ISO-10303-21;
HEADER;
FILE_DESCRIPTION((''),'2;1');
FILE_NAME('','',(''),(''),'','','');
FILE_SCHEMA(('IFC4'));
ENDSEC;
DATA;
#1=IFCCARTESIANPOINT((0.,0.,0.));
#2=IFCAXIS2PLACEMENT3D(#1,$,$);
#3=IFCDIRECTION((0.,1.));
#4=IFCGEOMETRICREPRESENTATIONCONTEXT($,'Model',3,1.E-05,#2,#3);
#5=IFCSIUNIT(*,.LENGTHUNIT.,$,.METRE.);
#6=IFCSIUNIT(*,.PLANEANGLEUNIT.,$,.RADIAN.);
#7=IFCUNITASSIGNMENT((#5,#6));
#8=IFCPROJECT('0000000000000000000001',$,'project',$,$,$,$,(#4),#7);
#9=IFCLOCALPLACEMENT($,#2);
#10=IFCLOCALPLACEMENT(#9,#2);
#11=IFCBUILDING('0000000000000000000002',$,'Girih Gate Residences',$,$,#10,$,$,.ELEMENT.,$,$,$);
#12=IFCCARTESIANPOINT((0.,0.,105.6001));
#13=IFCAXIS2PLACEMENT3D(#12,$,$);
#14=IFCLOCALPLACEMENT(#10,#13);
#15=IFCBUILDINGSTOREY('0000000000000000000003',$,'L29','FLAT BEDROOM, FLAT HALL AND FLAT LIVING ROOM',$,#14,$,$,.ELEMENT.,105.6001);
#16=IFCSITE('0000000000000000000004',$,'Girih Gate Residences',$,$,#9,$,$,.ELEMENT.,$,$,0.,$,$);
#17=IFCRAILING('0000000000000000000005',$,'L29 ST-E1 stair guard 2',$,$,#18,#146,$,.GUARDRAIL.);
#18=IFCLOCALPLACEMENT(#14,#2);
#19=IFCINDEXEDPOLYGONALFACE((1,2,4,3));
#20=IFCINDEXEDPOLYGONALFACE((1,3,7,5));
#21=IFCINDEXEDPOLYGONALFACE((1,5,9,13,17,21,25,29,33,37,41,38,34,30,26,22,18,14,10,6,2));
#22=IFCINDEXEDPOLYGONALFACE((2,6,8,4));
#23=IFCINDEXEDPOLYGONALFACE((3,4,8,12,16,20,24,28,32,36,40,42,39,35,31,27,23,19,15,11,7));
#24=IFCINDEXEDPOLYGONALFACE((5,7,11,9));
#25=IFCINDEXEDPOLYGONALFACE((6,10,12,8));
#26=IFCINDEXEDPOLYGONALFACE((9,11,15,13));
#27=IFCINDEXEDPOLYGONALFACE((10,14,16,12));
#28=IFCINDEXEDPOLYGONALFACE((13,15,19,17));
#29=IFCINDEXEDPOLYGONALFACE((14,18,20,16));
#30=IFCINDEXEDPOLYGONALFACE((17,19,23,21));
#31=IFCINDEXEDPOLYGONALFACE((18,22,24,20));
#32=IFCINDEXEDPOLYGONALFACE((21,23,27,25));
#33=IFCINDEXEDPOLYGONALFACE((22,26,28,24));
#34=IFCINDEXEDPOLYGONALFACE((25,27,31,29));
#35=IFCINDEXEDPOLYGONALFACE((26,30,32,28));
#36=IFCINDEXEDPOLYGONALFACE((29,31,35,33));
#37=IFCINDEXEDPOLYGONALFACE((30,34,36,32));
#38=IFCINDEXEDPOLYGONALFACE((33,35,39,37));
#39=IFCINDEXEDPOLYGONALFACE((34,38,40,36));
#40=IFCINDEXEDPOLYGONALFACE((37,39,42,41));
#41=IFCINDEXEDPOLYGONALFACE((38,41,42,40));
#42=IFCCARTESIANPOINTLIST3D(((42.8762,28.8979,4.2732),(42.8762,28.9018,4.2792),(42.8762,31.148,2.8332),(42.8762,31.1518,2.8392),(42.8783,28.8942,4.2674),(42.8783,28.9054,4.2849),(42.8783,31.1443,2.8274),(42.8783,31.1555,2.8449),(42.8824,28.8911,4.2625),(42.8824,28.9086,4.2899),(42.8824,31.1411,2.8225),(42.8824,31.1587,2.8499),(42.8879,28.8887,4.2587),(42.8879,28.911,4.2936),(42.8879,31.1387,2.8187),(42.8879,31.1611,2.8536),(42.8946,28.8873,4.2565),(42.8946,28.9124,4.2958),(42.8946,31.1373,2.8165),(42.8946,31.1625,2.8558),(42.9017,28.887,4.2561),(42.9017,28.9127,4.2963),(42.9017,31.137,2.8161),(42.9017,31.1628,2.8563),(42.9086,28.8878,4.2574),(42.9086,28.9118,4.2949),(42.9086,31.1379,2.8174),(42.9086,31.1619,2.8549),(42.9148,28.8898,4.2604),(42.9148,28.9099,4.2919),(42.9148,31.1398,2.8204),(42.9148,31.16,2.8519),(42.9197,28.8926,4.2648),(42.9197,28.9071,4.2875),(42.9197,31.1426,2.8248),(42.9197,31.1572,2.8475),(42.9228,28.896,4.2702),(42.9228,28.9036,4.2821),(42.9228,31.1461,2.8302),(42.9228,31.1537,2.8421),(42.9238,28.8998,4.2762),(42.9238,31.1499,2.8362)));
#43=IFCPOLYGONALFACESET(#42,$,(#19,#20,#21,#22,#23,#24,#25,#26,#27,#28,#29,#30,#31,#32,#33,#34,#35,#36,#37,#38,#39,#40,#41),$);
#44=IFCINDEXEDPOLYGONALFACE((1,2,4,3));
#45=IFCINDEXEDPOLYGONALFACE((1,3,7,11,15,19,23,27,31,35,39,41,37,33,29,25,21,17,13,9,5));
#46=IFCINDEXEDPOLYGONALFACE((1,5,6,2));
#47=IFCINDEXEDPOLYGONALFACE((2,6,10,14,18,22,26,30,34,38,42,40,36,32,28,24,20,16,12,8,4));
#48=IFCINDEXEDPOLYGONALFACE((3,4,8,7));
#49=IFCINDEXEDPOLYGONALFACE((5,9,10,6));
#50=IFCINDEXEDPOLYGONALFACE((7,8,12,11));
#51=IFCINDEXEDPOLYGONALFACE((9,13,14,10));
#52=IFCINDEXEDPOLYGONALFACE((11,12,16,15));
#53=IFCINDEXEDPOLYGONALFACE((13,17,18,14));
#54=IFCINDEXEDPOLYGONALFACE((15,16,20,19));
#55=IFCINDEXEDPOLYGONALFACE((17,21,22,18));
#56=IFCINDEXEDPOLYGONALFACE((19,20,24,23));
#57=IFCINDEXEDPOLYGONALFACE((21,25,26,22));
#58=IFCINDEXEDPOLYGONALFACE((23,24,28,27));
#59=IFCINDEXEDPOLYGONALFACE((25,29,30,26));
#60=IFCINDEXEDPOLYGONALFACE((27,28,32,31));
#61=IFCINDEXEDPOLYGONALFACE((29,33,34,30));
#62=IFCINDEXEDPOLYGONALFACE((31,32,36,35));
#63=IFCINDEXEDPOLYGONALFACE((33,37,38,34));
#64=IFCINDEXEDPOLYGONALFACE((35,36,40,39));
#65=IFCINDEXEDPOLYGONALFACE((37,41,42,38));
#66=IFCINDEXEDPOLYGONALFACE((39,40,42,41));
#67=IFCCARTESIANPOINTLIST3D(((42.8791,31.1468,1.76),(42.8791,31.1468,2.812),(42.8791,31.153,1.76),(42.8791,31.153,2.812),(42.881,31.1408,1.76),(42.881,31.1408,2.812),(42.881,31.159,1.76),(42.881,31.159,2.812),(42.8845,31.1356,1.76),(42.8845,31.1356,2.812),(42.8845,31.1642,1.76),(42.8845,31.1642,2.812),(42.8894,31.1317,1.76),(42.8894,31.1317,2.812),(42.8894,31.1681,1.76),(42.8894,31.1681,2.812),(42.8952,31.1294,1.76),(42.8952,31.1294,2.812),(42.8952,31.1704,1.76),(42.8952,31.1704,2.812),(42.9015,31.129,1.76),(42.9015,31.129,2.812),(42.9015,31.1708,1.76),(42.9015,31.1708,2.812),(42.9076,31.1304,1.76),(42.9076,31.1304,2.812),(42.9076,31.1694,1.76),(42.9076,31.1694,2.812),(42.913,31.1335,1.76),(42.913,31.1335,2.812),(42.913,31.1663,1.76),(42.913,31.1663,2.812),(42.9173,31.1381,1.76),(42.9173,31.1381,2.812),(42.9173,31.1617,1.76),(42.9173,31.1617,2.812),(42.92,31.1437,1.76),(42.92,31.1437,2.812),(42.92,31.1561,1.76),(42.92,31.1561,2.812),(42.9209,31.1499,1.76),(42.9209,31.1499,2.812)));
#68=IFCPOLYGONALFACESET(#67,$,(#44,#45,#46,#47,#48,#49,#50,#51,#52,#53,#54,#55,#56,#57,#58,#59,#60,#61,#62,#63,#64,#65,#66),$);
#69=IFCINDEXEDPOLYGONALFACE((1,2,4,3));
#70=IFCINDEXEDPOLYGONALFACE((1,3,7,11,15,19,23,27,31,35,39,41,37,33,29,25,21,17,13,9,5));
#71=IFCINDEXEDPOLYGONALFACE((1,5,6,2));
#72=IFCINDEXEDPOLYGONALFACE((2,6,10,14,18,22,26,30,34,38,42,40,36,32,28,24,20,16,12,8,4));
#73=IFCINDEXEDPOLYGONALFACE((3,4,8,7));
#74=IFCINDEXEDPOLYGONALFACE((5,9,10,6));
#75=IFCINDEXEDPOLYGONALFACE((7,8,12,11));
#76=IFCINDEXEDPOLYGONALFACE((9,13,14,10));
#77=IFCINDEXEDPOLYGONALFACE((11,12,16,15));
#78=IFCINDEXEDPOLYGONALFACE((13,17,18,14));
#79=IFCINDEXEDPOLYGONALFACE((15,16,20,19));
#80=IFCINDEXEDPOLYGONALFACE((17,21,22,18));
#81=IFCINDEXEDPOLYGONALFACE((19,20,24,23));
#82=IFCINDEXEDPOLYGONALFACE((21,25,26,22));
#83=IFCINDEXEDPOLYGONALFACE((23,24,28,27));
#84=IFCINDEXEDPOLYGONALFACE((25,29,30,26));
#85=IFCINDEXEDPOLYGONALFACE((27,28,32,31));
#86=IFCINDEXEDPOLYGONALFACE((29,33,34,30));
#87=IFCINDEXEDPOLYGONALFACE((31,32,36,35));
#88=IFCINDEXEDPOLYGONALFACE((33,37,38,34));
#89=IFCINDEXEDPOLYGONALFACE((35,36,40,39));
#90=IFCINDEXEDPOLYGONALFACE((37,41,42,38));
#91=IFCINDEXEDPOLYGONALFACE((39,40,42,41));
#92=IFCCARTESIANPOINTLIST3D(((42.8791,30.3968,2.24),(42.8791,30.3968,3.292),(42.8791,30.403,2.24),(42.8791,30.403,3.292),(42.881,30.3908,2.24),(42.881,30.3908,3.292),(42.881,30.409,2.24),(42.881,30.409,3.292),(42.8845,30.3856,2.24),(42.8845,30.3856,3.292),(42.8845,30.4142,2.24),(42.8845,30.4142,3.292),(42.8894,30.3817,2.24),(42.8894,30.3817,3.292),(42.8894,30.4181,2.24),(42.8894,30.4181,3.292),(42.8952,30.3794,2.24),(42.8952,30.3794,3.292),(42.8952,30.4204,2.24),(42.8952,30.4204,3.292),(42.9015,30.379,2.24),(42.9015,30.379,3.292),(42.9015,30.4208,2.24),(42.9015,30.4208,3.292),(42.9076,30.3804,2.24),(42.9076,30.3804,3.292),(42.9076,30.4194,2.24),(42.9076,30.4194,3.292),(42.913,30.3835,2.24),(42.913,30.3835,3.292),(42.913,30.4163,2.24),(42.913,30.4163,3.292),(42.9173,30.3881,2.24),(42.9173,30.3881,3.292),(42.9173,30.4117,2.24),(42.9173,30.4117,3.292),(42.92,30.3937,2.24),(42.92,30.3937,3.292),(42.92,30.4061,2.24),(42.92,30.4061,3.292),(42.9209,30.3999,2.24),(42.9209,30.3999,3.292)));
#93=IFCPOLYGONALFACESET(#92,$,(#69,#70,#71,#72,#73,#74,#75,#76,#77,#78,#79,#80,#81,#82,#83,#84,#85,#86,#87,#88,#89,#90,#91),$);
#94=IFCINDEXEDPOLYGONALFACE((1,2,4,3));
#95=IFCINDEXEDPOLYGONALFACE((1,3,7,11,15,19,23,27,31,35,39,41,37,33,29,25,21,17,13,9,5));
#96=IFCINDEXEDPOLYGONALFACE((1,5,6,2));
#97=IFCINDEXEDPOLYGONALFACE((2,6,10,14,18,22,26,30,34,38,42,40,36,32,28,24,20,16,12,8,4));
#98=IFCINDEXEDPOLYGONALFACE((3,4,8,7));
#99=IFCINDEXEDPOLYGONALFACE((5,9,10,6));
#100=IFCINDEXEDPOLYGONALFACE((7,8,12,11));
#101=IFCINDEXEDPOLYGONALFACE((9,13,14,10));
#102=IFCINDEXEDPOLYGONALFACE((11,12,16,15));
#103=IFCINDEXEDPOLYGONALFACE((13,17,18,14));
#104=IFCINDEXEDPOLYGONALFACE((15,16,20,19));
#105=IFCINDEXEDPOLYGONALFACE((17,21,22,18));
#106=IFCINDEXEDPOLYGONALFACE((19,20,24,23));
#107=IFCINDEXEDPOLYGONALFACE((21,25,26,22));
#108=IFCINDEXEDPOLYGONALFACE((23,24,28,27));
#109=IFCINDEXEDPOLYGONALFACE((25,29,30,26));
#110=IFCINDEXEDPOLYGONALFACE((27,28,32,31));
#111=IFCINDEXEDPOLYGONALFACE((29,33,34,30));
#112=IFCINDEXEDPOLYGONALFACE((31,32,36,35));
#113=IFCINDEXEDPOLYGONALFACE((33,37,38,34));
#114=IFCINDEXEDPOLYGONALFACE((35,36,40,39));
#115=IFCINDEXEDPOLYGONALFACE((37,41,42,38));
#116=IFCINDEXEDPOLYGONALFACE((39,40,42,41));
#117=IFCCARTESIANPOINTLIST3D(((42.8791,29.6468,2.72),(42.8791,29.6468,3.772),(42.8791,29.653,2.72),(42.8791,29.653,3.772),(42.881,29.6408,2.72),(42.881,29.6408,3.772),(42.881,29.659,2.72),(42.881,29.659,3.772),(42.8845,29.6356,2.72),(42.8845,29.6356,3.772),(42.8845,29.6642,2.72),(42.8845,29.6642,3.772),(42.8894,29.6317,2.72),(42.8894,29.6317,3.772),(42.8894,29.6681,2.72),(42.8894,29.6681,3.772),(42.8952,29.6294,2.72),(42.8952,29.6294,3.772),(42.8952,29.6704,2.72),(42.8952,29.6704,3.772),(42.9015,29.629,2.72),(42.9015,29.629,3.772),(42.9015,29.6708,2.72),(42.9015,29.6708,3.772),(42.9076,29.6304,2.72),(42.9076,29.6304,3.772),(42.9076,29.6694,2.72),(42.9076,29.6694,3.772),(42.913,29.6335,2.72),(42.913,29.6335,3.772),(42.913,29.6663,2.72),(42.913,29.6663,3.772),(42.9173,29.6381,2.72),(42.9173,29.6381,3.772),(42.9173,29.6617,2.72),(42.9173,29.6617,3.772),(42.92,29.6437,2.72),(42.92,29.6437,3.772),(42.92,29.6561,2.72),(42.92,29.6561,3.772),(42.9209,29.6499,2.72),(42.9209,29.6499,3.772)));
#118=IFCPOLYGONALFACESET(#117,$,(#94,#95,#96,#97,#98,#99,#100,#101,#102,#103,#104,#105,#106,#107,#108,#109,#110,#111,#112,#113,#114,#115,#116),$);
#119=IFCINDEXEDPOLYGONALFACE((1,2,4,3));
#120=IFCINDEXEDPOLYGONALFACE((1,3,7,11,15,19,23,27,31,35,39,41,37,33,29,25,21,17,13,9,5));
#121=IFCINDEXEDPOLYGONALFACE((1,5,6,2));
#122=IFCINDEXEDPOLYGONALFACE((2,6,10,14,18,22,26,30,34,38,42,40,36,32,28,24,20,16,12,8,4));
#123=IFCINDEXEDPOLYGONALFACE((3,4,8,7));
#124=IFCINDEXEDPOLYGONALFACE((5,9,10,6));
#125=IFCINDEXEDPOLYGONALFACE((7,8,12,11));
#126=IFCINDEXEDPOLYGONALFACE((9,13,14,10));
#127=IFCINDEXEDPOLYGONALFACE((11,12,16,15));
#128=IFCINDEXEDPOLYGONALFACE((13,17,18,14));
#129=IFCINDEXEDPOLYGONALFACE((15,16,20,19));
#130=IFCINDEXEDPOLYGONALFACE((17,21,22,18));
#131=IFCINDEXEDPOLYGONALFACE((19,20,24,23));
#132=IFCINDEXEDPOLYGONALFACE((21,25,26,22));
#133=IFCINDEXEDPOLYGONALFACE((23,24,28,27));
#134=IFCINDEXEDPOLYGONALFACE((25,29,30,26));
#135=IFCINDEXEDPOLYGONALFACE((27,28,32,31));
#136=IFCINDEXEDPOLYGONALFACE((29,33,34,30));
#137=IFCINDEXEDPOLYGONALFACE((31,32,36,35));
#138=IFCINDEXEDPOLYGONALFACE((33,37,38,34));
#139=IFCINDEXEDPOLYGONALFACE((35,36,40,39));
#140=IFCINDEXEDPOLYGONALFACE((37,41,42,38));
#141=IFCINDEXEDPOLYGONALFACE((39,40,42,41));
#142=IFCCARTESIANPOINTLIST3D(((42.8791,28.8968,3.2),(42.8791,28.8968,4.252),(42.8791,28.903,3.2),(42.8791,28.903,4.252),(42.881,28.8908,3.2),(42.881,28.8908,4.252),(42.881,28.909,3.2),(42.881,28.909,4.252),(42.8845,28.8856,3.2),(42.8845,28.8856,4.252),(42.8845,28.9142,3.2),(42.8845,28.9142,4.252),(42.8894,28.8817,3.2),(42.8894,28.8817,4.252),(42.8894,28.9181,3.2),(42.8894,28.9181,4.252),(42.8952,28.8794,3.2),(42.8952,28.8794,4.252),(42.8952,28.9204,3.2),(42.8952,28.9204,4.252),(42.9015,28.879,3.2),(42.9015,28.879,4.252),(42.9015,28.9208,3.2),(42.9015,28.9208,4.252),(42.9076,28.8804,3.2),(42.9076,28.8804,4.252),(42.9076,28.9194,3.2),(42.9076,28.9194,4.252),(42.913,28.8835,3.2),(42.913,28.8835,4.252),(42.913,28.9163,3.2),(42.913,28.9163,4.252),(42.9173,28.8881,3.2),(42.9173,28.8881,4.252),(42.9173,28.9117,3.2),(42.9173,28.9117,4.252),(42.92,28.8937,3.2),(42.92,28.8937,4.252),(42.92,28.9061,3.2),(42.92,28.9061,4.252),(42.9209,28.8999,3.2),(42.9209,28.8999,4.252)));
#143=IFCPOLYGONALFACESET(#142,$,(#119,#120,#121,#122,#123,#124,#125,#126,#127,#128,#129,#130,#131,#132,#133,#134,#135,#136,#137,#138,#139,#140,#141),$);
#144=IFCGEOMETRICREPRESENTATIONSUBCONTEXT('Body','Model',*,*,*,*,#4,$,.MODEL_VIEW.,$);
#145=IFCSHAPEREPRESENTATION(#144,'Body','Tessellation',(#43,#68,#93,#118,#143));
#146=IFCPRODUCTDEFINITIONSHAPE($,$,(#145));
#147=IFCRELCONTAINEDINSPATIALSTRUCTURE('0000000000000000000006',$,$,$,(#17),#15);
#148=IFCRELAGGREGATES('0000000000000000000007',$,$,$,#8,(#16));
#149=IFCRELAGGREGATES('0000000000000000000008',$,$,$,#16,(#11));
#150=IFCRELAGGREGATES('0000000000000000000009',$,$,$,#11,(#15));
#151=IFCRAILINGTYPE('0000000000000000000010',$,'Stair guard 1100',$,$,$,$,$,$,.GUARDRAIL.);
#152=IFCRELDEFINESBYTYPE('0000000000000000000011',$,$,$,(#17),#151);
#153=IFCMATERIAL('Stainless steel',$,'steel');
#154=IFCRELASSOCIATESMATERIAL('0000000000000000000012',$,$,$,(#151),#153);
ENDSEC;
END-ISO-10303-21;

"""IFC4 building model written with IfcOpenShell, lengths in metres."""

from ifc_helpers import new_model, si_unit, direction, frame, origin, origin_2d, place, context, subcontext, project, spatial, circle, extrude, material, type_object, element, save


model = new_model("IFC4")

# Units and contexts
model_context = context("Model", 3, precision=1e-05, world=origin(), true_north=direction((0.0, 1.0)))
body_context = subcontext(model_context, "Body", "Model", "MODEL_VIEW")
ifc_project = project(units=[si_unit("LENGTHUNIT", "METRE"), si_unit("PLANEANGLEUNIT", "RADIAN")], contexts=[model_context])

# Site, building, storey
site_placement = place(None, origin())
site = spatial("IfcSite", under=ifc_project, at=site_placement, Name="Girih Gate Residences", CompositionType="ELEMENT", RefElevation=0.0)
building_placement = place(site_placement, origin())
building = spatial("IfcBuilding", under=site, at=building_placement, Name="Girih Gate Residences", CompositionType="ELEMENT")
storey_placement = place(building_placement, frame((0.0, 0.0, 105.6001)))
storey = spatial("IfcBuildingStorey", under=building, at=storey_placement, Name="L29", Description="FLAT BEDROOM, FLAT HALL AND FLAT LIVING ROOM", CompositionType="ELEMENT", Elevation=105.6001)

# Railing
ifc_material_1 = material(Name="Stainless steel", Category="steel")
railing_type_1 = type_object("IfcRailingType", Name="Stair guard 1100", PredefinedType="GUARDRAIL", material=ifc_material_1)
railing_1_placement = place(storey_placement, frame((42.8999, 31.1499, 1.76)))
element("IfcRailing", 1, at=railing_1_placement, inside=storey, type_object=railing_type_1, Name="L29 ST-E1 stair guard 2", PredefinedType="GUARDRAIL", context=body_context, shape_type="SweptSolid", body=[
    extrude(circle(Radius=0.0239, at=origin_2d()), frame((0.0, 0.0, 1.0762), z_axis=(0.0, -0.842281, 0.539038), x_axis=(1.0, 0.0, 0.0)), (0.0, 0.0, 1.0), 2.6714),
    extrude(circle(Radius=0.021, at=origin_2d()), origin(), (0.0, 0.0, 1.0), 1.052),
    extrude(circle(Radius=0.021, at=origin_2d()), frame((0.0, -0.75, 0.48)), (0.0, 0.0, 1.0), 1.052),
    extrude(circle(Radius=0.021, at=origin_2d()), frame((0.0, -1.5, 0.96)), (0.0, 0.0, 1.0), 1.052),
    extrude(circle(Radius=0.021, at=origin_2d()), frame((0.0, -2.25, 1.4399)), (0.0, 0.0, 1.0), 1.052),
])

save(model, "model.ifc")
